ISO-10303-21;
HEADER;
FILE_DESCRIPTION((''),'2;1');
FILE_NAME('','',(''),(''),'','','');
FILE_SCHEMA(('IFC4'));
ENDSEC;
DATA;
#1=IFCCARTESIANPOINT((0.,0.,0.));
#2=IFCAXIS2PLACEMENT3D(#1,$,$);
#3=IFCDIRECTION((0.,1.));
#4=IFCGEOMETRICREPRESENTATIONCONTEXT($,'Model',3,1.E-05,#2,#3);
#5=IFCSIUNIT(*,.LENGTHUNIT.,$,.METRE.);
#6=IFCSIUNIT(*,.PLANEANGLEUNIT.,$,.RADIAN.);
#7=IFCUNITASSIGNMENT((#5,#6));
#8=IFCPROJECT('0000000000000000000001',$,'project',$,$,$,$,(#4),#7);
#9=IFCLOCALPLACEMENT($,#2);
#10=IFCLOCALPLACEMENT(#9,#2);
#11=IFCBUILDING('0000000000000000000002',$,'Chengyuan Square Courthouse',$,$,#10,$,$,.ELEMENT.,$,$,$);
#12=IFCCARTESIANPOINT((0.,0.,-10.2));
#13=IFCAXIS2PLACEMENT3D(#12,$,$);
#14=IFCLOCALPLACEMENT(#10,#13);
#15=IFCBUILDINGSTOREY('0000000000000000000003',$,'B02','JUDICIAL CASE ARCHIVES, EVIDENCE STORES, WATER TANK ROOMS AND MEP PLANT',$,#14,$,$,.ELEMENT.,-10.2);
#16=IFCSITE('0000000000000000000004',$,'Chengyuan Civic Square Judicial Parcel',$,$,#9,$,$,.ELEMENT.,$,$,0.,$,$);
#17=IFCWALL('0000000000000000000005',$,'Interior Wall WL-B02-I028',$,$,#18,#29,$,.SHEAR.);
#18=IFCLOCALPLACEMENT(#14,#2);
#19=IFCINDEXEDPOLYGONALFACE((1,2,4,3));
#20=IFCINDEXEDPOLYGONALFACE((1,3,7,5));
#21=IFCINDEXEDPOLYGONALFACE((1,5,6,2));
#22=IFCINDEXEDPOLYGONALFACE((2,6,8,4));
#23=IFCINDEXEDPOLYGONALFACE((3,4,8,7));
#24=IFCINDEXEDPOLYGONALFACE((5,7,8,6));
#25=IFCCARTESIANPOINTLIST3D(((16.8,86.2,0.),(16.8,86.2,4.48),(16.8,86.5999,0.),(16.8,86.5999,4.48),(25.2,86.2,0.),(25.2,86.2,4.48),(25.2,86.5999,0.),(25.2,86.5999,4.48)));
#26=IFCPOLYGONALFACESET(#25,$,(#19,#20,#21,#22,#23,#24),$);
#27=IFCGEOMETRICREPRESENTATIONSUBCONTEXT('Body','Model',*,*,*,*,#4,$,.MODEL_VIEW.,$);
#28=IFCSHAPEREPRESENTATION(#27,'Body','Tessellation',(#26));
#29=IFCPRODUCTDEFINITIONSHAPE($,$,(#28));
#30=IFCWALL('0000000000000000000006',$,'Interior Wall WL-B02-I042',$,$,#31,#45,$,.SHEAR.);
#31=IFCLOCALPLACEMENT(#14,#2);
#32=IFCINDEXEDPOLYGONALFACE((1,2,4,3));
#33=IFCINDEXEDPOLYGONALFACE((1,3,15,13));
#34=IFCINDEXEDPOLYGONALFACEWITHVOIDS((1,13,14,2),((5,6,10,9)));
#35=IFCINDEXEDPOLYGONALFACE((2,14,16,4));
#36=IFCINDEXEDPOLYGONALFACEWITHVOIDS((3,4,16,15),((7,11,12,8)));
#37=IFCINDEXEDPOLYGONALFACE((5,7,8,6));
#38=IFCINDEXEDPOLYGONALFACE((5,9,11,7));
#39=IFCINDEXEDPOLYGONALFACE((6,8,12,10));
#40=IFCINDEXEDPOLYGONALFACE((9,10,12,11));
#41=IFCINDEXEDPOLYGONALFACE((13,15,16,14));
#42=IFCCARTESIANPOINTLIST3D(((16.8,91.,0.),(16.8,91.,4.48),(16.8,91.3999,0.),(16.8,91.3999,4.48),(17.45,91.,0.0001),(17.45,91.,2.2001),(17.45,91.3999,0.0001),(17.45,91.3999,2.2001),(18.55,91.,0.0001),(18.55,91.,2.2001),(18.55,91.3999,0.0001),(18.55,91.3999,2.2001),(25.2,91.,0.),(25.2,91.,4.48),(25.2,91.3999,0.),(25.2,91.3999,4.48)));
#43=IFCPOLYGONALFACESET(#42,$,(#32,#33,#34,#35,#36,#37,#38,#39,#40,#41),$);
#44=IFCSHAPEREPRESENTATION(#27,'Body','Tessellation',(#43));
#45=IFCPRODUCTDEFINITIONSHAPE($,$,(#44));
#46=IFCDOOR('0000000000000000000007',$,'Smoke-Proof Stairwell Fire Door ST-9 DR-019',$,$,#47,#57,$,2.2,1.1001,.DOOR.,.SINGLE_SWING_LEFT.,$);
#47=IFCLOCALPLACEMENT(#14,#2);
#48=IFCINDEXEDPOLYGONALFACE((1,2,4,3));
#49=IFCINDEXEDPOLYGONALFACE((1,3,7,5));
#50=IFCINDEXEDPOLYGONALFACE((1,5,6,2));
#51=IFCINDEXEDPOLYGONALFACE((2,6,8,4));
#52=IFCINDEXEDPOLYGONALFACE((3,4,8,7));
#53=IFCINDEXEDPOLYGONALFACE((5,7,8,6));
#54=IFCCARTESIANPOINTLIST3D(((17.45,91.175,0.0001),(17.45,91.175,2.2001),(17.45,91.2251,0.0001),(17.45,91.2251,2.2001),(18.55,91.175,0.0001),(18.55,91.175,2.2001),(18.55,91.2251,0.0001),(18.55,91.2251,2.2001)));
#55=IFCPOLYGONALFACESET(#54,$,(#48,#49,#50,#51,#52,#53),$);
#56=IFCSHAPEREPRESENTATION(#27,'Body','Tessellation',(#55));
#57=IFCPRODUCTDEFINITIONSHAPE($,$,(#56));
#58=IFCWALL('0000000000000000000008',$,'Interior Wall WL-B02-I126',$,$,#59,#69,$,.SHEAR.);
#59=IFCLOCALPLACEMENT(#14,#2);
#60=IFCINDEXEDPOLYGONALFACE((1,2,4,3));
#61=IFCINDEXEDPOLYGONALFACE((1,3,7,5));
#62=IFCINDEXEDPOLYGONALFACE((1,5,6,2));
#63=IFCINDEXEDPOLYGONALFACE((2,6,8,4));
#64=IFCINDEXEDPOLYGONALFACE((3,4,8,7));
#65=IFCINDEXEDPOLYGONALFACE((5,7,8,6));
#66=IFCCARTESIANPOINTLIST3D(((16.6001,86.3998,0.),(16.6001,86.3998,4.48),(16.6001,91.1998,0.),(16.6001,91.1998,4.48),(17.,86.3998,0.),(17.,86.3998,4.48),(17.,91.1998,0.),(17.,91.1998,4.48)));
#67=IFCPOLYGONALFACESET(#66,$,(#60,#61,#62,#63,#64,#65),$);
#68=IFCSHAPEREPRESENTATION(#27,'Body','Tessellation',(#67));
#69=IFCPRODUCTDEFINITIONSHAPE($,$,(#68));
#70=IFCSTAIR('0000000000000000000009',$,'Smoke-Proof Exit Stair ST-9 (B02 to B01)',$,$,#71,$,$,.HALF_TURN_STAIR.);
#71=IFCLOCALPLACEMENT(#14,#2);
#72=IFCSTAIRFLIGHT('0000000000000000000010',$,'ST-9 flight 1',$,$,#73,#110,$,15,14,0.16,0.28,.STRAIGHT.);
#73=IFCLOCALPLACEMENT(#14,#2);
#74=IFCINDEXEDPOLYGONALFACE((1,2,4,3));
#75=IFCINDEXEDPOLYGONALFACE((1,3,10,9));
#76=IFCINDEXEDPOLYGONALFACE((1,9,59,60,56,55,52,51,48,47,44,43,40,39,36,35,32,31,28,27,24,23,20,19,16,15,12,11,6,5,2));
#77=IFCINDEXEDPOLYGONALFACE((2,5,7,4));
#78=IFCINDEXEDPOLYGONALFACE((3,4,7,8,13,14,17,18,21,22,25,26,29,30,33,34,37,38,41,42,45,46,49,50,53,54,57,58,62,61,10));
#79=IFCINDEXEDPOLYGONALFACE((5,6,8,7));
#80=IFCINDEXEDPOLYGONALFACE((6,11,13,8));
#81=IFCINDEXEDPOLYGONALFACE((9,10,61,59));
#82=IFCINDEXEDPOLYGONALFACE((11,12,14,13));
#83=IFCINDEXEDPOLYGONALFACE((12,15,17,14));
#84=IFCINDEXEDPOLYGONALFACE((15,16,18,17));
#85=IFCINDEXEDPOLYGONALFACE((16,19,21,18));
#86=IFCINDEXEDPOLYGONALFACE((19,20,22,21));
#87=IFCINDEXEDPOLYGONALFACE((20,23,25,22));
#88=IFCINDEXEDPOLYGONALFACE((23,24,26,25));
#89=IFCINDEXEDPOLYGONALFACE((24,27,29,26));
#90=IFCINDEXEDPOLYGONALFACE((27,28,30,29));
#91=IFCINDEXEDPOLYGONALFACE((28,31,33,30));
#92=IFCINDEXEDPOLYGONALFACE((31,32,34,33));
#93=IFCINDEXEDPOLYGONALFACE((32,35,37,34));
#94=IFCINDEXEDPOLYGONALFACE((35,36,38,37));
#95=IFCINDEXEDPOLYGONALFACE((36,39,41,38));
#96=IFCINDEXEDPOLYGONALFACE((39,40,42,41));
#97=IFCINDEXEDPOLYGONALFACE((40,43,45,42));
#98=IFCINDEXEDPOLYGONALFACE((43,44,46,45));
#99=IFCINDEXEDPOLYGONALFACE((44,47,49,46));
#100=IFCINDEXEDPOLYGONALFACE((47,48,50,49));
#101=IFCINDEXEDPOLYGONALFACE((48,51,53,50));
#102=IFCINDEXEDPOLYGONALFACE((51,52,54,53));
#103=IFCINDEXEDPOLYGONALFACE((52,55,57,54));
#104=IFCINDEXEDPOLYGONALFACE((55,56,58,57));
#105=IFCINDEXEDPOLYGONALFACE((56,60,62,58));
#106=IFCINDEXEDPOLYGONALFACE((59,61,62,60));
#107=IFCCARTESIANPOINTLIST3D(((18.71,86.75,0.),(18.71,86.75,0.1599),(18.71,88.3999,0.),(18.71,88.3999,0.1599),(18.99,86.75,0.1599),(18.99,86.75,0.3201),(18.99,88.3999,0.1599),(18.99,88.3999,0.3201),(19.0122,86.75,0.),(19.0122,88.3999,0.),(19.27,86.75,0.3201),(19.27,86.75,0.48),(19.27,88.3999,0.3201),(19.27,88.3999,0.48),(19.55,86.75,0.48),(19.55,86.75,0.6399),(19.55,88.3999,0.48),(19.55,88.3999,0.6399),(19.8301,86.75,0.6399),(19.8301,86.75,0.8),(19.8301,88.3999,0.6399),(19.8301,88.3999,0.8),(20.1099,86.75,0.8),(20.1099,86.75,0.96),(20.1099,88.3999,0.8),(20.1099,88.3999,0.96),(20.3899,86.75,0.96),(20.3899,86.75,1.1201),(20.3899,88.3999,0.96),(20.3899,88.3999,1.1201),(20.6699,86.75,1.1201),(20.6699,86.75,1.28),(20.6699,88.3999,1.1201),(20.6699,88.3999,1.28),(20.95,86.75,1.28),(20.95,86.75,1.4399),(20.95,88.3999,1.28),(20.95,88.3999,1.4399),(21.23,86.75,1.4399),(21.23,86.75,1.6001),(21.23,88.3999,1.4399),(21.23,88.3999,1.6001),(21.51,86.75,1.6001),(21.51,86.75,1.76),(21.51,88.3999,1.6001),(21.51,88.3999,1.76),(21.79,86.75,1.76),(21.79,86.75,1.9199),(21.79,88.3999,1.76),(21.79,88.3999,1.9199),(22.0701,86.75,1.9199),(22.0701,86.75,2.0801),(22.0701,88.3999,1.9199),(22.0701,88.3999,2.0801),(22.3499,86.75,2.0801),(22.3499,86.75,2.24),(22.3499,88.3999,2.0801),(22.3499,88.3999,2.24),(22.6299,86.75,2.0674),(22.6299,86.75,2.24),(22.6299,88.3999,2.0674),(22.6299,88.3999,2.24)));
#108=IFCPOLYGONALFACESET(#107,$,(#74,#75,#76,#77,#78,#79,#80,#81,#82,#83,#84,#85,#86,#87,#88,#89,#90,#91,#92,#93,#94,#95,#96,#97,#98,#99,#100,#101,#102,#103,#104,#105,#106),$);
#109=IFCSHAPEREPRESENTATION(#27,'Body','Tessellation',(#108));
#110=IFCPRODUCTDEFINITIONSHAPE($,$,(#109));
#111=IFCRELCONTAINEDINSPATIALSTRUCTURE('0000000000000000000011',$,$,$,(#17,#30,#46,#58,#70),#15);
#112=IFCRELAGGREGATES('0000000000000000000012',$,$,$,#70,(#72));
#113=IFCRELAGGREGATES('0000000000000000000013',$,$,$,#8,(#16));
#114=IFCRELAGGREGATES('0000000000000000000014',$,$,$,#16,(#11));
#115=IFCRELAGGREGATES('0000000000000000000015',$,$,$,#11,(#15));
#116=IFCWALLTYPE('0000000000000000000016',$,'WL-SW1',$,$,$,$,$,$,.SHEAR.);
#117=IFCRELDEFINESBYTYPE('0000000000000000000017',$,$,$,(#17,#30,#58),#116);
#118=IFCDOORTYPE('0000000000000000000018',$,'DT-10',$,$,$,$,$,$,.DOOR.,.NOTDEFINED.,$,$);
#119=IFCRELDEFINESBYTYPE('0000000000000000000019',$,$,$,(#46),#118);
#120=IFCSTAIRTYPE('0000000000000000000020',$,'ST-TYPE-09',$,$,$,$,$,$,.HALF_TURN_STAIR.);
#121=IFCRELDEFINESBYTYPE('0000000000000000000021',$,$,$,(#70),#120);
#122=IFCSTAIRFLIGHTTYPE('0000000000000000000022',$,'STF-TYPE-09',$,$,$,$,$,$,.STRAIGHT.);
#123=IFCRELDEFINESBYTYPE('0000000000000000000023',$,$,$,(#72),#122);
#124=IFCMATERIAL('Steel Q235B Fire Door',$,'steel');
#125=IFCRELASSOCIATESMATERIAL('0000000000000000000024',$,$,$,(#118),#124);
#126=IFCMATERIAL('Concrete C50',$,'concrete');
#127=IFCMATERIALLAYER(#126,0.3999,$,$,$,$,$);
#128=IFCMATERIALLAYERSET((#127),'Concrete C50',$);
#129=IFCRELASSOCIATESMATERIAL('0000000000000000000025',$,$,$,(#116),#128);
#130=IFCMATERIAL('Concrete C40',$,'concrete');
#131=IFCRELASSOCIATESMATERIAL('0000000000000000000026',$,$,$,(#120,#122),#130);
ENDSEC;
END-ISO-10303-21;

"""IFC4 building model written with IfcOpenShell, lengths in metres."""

from ifc_helpers import new_model, si_unit, direction, frame, frame_2d, origin, place, context, subcontext, project, spatial, polyline, rectangle, outline, extrude, material, layer, layer_set, type_object, element, fill, aggregate, save


model = new_model("IFC4")

# Units and contexts
model_context = context("Model", 3, precision=1e-05, world=origin(), true_north=direction((0.0, 1.0)))
body_context = subcontext(model_context, "Body", "Model", "MODEL_VIEW")
ifc_project = project(units=[si_unit("LENGTHUNIT", "METRE"), si_unit("PLANEANGLEUNIT", "RADIAN")], contexts=[model_context])

# Site, building, storey
site_placement = place(None, origin())
site = spatial("IfcSite", under=ifc_project, at=site_placement, Name="Chengyuan Civic Square Judicial Parcel", CompositionType="ELEMENT", RefElevation=0.0)
building_placement = place(site_placement, origin())
building = spatial("IfcBuilding", under=site, at=building_placement, Name="Chengyuan Square Courthouse", CompositionType="ELEMENT")
storey_placement = place(building_placement, frame((0.0, 0.0, -10.2)))
storey = spatial("IfcBuildingStorey", under=building, at=storey_placement, Name="B02", Description="JUDICIAL CASE ARCHIVES, EVIDENCE STORES, WATER TANK ROOMS AND MEP PLANT", CompositionType="ELEMENT", Elevation=-10.2)

# Shared definitions
ifc_material_1 = material(Name="Concrete C40", Category="concrete")

# Shared definitions
ifc_material_2 = material(Name="Concrete C50", Category="concrete")

# Shared definitions
ifc_material_3 = material(Name="Steel Q235B Fire Door", Category="steel")
door_type = type_object("IfcDoorType", Name="DT-10", OperationType="NOTDEFINED", PredefinedType="DOOR", material=ifc_material_3)

# Wall
ifc_layer_1 = layer(ifc_material_2, 0.3999)
ifc_layer_set_1 = layer_set([ifc_layer_1], Name="Concrete C50")
wall_type_1 = type_object("IfcWallType", Name="WL-SW1", PredefinedType="SHEAR", material=ifc_layer_set_1)
wall_1_placement = place(storey_placement, frame((16.8, 86.3999, 0.0), z_axis=(0.0, 0.0, 1.0), x_axis=(1.0, 0.0, 0.0)))
element("IfcWall", 1, at=wall_1_placement, inside=storey, type_object=wall_type_1, Name="Interior Wall WL-B02-I028", PredefinedType="SHEAR", context=body_context, shape_type="SweptSolid", body=[
    extrude(rectangle(XDim=8.3999, YDim=0.3999, at=frame_2d((4.2, 0.0))), origin(), (0.0, 0.0, 1.0), 4.48),
])

# Wall, opening, door
wall_2_placement = place(storey_placement, frame((16.8, 91.2, 0.0), z_axis=(0.0, 0.0, 1.0), x_axis=(1.0, 0.0, 0.0)))
wall_2 = element("IfcWall", 2, at=wall_2_placement, inside=storey, type_object=wall_type_1, Name="Interior Wall WL-B02-I042", PredefinedType="SHEAR", context=body_context, shape_type="SweptSolid", body=[
    extrude(rectangle(XDim=8.3999, YDim=0.3999, at=frame_2d((4.2, 0.0))), origin(), (0.0, 0.0, 1.0), 4.48),
])
opening_1_placement = place(wall_2_placement, frame((0.6499, 0.0, 0.0)))
opening_1 = element("IfcOpeningElement", 3, at=opening_1_placement, cuts=wall_2, PredefinedType="OPENING", context=body_context, shape_type="SweptSolid", body=[
    extrude(rectangle(XDim=1.1001, YDim=2.2, at=frame_2d((0.55, 1.1001))), frame((0.0, 0.2119, 0.0), z_axis=(0.0, -1.0, 0.0), x_axis=(1.0, 0.0, 0.0)), (0.0, 0.0, 1.0), 0.4238),
])
door_1_placement = place(opening_1_placement, frame((1.1001, 0.0, 0.0), z_axis=(0.0, 0.0, 1.0), x_axis=(-1.0, 0.0, 0.0)))
door_1 = element("IfcDoor", 4, at=door_1_placement, inside=storey, type_object=door_type, Name="Smoke-Proof Stairwell Fire Door ST-9 DR-019", OperationType="SINGLE_SWING_LEFT", OverallHeight=2.2, OverallWidth=1.1001, PredefinedType="DOOR", context=body_context, shape_type="SweptSolid", body=[
    extrude(rectangle(XDim=1.1001, YDim=2.2, at=frame_2d((0.55, 1.1001))), frame((0.0, 0.0249, 0.0), z_axis=(0.0, -1.0, 0.0), x_axis=(1.0, 0.0, 0.0)), (0.0, 0.0, 1.0), 0.05),
])
fill(opening_1, door_1)

# Wall
wall_3_placement = place(storey_placement, frame((16.8, 86.3999, 0.0), z_axis=(0.0, 0.0, 1.0), x_axis=(0.0, 1.0, 0.0)))
element("IfcWall", 5, at=wall_3_placement, inside=storey, type_object=wall_type_1, Name="Interior Wall WL-B02-I126", PredefinedType="SHEAR", context=body_context, shape_type="SweptSolid", body=[
    extrude(rectangle(XDim=4.8, YDim=0.3999, at=frame_2d((2.3999, 0.0))), origin(), (0.0, 0.0, 1.0), 4.48),
])

# Stair, stair flight
stair_type = type_object("IfcStairType", Name="ST-TYPE-09", PredefinedType="HALF_TURN_STAIR", material=ifc_material_1)
stair_placement = place(storey_placement, origin())
stair = element("IfcStair", 6, at=stair_placement, inside=storey, type_object=stair_type, Name="Smoke-Proof Exit Stair ST-9 (B02 to B01)", PredefinedType="HALF_TURN_STAIR")
stair_flight_type = type_object("IfcStairFlightType", Name="STF-TYPE-09", PredefinedType="STRAIGHT", material=ifc_material_1)
stair_flight_placement = place(storey_placement, frame((18.71, 87.575, 0.0), z_axis=(0.0, 0.0, 1.0), x_axis=(1.0, 0.0, 0.0)))
stair_flight = element("IfcStairFlight", 7, at=stair_flight_placement, type_object=stair_flight_type, Name="ST-9 flight 1", NumberOfRisers=15, NumberOfTreads=14, PredefinedType="STRAIGHT", RiserHeight=0.16, TreadLength=0.28, context=body_context, shape_type="SweptSolid", body=[
    extrude(outline(polyline([(0.0, 0.0), (0.0, 0.1599), (0.28, 0.1599), (0.28, 0.3201), (0.5601, 0.3201), (0.5601, 0.48), (0.8401, 0.48), (0.8401, 0.6399), (1.1201, 0.6399), (1.1201, 0.8), (1.3999, 0.8), (1.3999, 0.96), (1.6799, 0.96), (1.6799, 1.1201), (1.96, 1.1201), (1.96, 1.28), (2.24, 1.28), (2.24, 1.4399), (2.52, 1.4399), (2.52, 1.6001), (2.8, 1.6001), (2.8, 1.76), (3.0801, 1.76), (3.0801, 1.9199), (3.3601, 1.9199), (3.3601, 2.0801), (3.6399, 2.0801), (3.6399, 2.24), (3.9199, 2.24), (3.9199, 2.3999), (3.9199, 2.0674), (0.3022, 0.0), (0.0, 0.0)])), frame((0.0, 0.825, 0.0), z_axis=(0.0, -1.0, 0.0), x_axis=(1.0, 0.0, 0.0)), (0.0, 0.0, 1.0), 1.6499),
])
aggregate(stair, [stair_flight])

save(model, "model.ifc")
